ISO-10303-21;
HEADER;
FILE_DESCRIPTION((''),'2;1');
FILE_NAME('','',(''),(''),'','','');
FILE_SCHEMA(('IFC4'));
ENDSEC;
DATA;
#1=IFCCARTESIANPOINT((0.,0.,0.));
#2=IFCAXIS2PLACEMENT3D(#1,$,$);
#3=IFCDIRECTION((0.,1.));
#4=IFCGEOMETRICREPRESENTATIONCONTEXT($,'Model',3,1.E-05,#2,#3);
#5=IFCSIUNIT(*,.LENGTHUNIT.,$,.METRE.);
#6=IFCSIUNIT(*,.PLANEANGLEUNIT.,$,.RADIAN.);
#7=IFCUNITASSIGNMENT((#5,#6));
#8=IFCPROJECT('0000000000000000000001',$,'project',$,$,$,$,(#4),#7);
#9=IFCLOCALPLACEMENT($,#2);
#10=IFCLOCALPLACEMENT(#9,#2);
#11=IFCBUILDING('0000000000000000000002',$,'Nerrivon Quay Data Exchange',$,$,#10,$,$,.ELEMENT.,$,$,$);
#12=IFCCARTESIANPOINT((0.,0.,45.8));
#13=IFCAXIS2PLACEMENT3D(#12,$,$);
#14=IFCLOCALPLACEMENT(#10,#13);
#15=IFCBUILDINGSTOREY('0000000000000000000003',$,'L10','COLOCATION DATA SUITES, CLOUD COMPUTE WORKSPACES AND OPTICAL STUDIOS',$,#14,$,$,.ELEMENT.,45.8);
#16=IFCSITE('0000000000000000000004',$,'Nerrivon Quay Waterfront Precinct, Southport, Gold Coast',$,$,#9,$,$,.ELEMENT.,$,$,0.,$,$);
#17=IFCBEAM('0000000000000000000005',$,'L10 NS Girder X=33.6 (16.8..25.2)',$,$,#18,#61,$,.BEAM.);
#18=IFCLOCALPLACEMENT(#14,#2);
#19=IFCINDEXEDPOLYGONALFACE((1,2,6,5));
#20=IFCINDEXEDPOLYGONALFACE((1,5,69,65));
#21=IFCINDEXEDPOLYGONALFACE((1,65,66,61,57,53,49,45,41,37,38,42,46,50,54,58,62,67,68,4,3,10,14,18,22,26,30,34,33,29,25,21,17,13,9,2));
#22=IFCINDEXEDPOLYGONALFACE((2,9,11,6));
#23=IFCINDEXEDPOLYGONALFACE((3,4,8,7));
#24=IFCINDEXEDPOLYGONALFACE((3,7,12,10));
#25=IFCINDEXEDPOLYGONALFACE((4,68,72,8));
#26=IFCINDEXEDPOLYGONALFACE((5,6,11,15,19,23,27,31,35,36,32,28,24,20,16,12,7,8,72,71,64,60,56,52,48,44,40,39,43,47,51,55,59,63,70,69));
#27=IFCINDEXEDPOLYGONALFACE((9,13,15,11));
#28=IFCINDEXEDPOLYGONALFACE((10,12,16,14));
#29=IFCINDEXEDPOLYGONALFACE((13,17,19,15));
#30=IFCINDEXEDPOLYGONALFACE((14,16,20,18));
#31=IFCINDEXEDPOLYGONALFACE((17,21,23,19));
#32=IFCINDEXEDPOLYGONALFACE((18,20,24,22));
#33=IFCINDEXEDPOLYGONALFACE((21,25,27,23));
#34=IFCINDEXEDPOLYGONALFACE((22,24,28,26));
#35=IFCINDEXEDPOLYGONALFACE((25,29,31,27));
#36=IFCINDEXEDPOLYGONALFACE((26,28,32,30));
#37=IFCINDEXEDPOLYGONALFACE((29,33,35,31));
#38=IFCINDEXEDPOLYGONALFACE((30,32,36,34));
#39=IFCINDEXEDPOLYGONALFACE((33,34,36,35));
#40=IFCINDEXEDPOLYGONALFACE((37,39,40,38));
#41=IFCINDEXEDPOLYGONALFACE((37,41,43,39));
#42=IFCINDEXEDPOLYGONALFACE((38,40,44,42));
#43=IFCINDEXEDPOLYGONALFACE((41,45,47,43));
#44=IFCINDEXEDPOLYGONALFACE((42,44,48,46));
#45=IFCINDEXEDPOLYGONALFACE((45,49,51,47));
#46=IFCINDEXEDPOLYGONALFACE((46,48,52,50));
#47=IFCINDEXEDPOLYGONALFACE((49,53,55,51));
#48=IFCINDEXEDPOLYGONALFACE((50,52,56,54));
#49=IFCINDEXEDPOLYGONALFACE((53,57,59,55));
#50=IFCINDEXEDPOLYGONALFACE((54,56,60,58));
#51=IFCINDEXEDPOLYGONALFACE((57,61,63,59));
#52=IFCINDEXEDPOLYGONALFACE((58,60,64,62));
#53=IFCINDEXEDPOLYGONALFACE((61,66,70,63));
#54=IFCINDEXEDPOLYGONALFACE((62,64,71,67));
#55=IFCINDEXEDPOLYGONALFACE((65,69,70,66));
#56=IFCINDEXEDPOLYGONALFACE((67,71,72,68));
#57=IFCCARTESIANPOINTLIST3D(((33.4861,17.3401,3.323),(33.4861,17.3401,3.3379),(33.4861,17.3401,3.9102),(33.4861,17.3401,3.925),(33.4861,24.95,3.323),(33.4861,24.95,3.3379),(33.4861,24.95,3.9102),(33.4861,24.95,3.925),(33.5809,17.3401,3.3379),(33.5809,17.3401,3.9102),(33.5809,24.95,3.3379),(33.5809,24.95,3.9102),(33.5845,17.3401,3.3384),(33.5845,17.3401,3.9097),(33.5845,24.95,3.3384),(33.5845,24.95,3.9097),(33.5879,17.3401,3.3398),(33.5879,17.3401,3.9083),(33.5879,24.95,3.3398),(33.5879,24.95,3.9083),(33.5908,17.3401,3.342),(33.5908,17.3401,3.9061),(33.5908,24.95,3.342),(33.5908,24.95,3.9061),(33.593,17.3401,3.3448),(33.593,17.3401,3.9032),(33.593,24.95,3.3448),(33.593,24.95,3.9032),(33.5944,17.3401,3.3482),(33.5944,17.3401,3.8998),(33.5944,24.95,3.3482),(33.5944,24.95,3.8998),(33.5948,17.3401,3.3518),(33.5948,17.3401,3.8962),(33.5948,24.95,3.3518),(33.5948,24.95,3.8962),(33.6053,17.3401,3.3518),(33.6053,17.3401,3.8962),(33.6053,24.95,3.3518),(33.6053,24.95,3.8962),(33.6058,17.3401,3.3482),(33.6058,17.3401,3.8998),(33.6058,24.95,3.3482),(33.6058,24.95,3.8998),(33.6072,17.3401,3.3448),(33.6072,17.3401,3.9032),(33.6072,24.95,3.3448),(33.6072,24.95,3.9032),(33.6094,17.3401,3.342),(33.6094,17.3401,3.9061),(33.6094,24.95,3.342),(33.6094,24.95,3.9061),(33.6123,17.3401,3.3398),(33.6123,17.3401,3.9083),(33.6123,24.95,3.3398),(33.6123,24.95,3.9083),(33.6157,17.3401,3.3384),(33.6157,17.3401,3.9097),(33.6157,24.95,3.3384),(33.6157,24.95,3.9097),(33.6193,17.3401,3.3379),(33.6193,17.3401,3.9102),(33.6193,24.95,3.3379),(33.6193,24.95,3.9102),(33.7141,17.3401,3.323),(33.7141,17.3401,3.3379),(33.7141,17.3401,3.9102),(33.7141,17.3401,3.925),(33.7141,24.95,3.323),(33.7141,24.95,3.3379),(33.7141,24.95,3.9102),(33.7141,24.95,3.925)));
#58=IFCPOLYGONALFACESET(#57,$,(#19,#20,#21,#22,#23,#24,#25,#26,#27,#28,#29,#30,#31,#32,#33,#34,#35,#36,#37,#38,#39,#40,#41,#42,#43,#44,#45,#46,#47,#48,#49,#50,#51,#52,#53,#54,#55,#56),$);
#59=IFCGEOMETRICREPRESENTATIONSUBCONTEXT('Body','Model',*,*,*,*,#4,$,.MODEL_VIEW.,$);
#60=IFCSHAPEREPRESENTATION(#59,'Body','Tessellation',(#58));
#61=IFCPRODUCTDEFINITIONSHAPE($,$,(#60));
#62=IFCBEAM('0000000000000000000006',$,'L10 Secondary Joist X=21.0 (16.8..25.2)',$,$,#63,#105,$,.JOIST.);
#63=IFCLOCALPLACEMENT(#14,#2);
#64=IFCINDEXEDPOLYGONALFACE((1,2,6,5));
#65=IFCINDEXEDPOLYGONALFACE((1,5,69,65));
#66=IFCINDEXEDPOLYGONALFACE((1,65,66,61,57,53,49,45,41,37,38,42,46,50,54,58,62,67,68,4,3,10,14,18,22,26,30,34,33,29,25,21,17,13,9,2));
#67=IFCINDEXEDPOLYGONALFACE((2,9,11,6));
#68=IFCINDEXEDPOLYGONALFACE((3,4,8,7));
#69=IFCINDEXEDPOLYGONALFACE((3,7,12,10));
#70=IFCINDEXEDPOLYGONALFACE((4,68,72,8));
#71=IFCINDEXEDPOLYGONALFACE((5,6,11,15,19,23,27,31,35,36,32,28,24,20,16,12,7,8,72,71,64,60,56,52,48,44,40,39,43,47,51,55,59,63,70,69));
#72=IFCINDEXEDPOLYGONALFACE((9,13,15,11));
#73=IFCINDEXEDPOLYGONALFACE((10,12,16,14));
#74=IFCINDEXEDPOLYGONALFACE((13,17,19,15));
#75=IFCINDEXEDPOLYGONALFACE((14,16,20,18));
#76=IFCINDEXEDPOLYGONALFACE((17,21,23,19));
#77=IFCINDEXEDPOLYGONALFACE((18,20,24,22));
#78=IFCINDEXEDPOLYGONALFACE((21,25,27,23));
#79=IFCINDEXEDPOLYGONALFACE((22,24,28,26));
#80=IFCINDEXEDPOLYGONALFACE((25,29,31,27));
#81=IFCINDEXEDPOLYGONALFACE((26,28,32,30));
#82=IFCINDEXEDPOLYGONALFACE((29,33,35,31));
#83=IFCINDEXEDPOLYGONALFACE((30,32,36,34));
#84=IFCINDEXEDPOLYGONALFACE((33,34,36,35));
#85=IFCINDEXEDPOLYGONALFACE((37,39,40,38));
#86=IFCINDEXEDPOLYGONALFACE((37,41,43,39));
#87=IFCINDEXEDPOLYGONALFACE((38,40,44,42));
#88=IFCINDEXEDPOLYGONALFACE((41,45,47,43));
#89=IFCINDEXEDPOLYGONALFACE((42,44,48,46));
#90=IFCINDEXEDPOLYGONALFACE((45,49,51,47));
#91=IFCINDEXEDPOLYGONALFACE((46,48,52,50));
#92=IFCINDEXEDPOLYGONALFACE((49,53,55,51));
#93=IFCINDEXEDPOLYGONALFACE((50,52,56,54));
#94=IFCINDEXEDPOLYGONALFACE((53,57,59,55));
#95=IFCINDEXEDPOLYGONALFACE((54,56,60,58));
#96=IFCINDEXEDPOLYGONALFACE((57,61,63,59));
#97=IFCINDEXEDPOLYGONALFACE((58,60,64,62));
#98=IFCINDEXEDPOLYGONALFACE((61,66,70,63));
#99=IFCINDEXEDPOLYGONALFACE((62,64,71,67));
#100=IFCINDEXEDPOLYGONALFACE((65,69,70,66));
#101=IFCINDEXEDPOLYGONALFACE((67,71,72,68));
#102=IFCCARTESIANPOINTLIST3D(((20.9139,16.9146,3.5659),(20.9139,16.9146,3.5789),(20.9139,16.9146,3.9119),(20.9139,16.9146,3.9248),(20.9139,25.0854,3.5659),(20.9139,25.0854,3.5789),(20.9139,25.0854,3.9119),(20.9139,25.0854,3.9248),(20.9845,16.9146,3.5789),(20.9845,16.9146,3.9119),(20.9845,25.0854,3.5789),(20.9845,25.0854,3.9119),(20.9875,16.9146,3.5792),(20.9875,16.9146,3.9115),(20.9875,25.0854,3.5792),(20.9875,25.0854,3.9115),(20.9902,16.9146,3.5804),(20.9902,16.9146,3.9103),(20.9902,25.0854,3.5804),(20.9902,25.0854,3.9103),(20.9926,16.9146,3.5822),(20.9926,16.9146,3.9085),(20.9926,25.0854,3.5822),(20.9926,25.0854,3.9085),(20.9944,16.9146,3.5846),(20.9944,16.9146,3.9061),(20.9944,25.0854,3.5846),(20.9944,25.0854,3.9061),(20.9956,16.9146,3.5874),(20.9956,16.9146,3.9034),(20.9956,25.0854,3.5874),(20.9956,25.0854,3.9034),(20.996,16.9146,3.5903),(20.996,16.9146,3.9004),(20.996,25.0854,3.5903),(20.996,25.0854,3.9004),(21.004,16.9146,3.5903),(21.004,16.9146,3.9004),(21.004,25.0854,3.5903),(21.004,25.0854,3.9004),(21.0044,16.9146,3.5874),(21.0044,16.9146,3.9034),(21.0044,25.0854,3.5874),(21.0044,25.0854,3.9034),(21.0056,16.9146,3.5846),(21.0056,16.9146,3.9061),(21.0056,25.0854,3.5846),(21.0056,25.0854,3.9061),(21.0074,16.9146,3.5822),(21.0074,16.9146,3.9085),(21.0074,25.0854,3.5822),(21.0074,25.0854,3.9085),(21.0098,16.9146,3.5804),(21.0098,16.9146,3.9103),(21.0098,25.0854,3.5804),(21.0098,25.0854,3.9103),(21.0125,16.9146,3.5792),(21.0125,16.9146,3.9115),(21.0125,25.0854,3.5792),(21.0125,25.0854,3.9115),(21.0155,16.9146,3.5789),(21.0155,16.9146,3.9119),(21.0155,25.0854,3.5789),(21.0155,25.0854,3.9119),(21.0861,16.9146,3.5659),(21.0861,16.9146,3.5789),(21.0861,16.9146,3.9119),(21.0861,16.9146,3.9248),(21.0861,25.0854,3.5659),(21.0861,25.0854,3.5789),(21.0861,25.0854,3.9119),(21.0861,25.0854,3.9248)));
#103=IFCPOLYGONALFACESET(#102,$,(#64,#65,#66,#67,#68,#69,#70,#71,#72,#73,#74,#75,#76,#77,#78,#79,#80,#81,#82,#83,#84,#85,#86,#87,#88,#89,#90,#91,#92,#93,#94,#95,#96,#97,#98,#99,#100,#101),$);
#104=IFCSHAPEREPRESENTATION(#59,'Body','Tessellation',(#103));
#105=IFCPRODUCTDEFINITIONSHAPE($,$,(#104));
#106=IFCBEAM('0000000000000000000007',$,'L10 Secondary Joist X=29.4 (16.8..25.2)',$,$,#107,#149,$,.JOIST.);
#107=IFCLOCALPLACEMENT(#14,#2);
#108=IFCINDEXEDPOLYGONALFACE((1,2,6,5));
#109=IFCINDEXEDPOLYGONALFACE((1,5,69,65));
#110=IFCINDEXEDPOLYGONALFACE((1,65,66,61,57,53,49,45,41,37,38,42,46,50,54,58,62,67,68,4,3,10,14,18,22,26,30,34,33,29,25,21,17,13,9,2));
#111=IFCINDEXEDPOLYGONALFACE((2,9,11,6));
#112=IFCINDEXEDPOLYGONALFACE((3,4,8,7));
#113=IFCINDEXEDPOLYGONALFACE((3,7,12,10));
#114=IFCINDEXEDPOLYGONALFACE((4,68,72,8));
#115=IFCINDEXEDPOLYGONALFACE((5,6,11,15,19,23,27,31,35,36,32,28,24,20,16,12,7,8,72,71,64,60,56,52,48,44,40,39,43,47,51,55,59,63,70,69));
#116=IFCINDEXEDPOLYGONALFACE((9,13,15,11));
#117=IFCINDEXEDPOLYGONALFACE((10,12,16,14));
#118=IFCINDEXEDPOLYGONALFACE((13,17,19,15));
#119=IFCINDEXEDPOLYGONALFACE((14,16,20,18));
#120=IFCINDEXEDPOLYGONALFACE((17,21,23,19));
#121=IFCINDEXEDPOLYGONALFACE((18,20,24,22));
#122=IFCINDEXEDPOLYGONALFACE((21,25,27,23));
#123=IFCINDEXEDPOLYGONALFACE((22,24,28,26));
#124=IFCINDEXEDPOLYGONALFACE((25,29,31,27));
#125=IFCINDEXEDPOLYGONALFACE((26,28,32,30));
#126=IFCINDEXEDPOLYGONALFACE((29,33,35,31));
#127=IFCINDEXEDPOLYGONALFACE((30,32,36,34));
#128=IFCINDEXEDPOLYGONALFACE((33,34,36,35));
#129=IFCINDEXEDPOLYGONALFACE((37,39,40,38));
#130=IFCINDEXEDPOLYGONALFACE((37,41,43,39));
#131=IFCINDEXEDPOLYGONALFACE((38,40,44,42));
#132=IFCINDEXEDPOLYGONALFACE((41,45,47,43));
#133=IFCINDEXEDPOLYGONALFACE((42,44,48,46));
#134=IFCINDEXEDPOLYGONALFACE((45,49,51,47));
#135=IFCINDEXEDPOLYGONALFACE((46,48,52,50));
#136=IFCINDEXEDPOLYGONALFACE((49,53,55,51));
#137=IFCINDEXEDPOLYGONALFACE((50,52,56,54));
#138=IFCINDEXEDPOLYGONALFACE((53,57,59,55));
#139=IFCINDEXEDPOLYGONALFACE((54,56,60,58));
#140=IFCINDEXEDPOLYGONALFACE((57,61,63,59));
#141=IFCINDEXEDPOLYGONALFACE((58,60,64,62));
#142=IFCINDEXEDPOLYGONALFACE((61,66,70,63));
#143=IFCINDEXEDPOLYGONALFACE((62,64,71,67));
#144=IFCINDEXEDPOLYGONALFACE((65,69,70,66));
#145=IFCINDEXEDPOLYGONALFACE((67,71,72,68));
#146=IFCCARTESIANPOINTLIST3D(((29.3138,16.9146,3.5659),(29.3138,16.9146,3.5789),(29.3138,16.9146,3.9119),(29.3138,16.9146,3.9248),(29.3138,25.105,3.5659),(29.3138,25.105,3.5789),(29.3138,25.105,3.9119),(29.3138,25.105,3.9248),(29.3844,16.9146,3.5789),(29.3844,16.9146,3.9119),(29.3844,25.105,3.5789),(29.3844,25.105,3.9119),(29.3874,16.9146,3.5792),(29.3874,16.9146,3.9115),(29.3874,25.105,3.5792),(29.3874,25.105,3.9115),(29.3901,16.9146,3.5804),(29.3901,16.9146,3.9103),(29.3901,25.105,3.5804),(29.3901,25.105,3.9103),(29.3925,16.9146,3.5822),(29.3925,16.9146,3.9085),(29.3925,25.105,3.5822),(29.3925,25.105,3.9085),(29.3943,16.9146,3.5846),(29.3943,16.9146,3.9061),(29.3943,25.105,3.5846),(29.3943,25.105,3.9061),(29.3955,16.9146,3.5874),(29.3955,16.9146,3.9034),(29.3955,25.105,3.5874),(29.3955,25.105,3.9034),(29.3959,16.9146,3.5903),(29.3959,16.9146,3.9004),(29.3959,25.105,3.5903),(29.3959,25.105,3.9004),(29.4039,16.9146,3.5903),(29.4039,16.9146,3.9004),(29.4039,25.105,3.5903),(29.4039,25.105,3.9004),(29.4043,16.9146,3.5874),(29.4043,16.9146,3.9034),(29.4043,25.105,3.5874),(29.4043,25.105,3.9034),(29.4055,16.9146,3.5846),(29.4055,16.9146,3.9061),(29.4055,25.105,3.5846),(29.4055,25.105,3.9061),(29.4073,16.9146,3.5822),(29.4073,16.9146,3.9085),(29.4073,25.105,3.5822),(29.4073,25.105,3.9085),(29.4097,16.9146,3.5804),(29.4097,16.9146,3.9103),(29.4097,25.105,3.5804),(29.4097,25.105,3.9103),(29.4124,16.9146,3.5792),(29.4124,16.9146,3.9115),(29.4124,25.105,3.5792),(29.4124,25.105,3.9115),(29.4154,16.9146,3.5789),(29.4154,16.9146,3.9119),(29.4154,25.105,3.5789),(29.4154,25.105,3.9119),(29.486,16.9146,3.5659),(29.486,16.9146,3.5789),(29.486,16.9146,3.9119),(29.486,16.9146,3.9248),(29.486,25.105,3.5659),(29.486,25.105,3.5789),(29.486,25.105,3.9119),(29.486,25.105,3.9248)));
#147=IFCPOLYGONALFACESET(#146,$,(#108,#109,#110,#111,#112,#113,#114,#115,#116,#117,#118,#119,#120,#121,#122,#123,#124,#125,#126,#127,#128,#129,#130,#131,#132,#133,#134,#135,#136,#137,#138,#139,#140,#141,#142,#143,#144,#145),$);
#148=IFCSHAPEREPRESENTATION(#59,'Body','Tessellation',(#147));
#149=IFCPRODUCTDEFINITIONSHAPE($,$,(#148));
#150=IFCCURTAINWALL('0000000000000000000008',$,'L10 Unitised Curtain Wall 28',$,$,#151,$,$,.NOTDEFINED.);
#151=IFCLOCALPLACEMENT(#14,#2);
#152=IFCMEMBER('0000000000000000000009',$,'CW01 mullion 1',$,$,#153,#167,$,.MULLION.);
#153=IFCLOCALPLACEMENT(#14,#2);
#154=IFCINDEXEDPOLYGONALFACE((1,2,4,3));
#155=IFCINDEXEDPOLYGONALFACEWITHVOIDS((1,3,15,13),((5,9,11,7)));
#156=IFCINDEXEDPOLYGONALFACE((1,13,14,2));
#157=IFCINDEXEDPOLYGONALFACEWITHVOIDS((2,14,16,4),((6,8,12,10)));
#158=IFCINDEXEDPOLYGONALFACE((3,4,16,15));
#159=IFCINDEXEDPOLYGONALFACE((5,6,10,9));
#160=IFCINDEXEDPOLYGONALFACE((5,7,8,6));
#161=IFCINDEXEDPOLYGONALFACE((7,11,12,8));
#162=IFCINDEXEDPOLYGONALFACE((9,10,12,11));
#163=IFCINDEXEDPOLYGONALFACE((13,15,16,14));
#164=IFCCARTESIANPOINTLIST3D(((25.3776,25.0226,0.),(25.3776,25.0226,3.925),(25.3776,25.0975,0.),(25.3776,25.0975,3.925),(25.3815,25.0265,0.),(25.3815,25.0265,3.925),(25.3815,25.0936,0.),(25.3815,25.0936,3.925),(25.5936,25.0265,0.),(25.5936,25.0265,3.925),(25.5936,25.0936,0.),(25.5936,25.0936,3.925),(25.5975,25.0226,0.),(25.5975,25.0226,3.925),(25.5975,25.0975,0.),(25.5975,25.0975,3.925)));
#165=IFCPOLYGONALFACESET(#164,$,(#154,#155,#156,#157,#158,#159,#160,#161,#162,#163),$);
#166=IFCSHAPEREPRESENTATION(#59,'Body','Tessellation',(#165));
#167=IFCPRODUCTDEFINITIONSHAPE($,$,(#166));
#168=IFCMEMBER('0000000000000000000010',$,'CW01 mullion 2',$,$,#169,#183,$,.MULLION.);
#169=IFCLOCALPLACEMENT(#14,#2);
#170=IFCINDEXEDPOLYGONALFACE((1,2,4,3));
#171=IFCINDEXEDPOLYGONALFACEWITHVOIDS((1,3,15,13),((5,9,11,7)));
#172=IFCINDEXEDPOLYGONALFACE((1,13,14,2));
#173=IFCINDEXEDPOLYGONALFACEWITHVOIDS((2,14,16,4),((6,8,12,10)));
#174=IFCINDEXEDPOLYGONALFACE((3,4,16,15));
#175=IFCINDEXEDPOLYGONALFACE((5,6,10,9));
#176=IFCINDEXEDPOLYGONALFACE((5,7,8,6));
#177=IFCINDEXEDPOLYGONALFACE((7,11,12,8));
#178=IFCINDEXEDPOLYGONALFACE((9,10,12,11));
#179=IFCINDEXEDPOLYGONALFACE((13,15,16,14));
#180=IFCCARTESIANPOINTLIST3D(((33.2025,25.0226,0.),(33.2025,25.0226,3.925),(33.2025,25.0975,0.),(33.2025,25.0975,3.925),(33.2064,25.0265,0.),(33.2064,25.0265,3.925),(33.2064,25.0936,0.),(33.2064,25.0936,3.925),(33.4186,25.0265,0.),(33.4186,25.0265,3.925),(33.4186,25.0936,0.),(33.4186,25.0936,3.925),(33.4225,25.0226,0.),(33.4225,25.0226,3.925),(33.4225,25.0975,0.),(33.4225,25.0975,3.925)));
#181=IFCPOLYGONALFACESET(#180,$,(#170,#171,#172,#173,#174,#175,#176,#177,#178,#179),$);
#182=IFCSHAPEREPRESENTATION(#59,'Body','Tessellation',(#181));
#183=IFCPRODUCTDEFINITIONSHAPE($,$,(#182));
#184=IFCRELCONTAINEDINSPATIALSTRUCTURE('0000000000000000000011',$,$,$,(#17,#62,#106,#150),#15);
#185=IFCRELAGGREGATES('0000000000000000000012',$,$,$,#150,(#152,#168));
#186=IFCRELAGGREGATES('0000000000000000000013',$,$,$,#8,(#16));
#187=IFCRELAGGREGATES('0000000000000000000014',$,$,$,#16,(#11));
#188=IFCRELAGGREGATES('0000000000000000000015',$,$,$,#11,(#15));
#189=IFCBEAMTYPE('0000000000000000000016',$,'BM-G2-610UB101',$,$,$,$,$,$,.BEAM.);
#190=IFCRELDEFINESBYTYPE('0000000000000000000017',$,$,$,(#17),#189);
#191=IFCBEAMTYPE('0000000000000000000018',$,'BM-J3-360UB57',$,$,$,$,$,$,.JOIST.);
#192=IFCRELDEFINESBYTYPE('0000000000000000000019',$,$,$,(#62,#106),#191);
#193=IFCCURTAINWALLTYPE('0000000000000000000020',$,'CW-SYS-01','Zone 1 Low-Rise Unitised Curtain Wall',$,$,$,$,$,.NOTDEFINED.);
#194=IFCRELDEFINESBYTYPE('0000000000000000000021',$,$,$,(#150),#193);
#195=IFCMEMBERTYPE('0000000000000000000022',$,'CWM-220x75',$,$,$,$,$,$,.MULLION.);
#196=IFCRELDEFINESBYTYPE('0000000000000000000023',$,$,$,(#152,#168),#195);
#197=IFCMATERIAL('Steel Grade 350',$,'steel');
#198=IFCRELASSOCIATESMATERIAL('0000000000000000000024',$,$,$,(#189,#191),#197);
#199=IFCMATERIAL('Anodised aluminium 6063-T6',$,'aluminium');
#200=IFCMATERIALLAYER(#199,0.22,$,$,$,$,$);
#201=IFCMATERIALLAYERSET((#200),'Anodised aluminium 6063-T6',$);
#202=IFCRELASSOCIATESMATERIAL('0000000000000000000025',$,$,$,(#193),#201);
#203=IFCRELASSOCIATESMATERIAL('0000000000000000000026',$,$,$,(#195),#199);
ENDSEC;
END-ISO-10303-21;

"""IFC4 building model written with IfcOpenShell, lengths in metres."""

from ifc_helpers import new_model, si_unit, direction, frame, origin, origin_2d, place, context, subcontext, project, spatial, hollow_rectangle, i_section, extrude, material, layer, layer_set, material_profile, profile_set, type_object, element, aggregate, save


model = new_model("IFC4")

# Units and contexts
model_context = context("Model", 3, precision=1e-05, world=origin(), true_north=direction((0.0, 1.0)))
body_context = subcontext(model_context, "Body", "Model", "MODEL_VIEW")
ifc_project = project(units=[si_unit("LENGTHUNIT", "METRE"), si_unit("PLANEANGLEUNIT", "RADIAN")], contexts=[model_context])

# Site, building, storey
site_placement = place(None, origin())
site = spatial("IfcSite", under=ifc_project, at=site_placement, Name="Nerrivon Quay Waterfront Precinct, Southport, Gold Coast", CompositionType="ELEMENT", RefElevation=0.0)
building_placement = place(site_placement, origin())
building = spatial("IfcBuilding", under=site, at=building_placement, Name="Nerrivon Quay Data Exchange", CompositionType="ELEMENT")
storey_placement = place(building_placement, frame((0.0, 0.0, 45.8)))
storey = spatial("IfcBuildingStorey", under=building, at=storey_placement, Name="L10", Description="COLOCATION DATA SUITES, CLOUD COMPUTE WORKSPACES AND OPTICAL STUDIOS", CompositionType="ELEMENT", Elevation=45.8)

# Beams
ifc_material_1 = material(Name="Steel Grade 350", Category="steel")
ifc_material_profile_1 = material_profile(ifc_material_1, i_section(OverallWidth=0.228, OverallDepth=0.6021, WebThickness=0.0105, FlangeThickness=0.0149, FilletRadius=0.0139, at=origin_2d()), Name="610UB101")
ifc_profile_set_1 = profile_set([ifc_material_profile_1], Name="Steel Grade 350")
beam_type_1 = type_object("IfcBeamType", Name="BM-G2-610UB101", PredefinedType="BEAM", material=ifc_profile_set_1)
for number, where, z_axis, x_axis, name in (
    (1, (33.6001, 17.3401, 3.624), (0.0, 1.0, 0.0), (-1.0, 0.0, 0.0), "L10 NS Girder X=33.6 (16.8..25.2)"),
):
    element("IfcBeam", number, at=place(storey_placement, frame(where, z_axis=z_axis, x_axis=x_axis)), inside=storey, type_object=beam_type_1, Name=name, PredefinedType="BEAM", context=body_context, shape_type="SweptSolid", body=[
        extrude(i_section(OverallWidth=0.228, OverallDepth=0.6021, WebThickness=0.0105, FlangeThickness=0.0149, FilletRadius=0.0139, at=origin_2d()), origin(), (0.0, 0.0, 1.0), 7.6099),
    ])
ifc_material_profile_2 = material_profile(ifc_material_1, i_section(OverallWidth=0.1721, OverallDepth=0.3589, WebThickness=0.0081, FlangeThickness=0.0129, FilletRadius=0.0115, at=origin_2d()), Name="360UB56.7")
ifc_profile_set_2 = profile_set([ifc_material_profile_2], Name="Steel Grade 350")
beam_type_2 = type_object("IfcBeamType", Name="BM-J3-360UB57", PredefinedType="JOIST", material=ifc_profile_set_2)
beam_1_placement = place(storey_placement, frame((21.0, 16.9146, 3.7454), z_axis=(0.0, 1.0, 0.0), x_axis=(-1.0, 0.0, 0.0)))
element("IfcBeam", 2, at=beam_1_placement, inside=storey, type_object=beam_type_2, Name="L10 Secondary Joist X=21.0 (16.8..25.2)", PredefinedType="JOIST", context=body_context, shape_type="SweptSolid", body=[
    extrude(i_section(OverallWidth=0.1721, OverallDepth=0.3589, WebThickness=0.0081, FlangeThickness=0.0129, FilletRadius=0.0115, at=origin_2d()), origin(), (0.0, 0.0, 1.0), 8.1709),
])
beam_2_placement = place(storey_placement, frame((29.3999, 16.9146, 3.7454), z_axis=(0.0, 1.0, 0.0), x_axis=(-1.0, 0.0, 0.0)))
element("IfcBeam", 3, at=beam_2_placement, inside=storey, type_object=beam_type_2, Name="L10 Secondary Joist X=29.4 (16.8..25.2)", PredefinedType="JOIST", context=body_context, shape_type="SweptSolid", body=[
    extrude(i_section(OverallWidth=0.1721, OverallDepth=0.3589, WebThickness=0.0081, FlangeThickness=0.0129, FilletRadius=0.0115, at=origin_2d()), origin(), (0.0, 0.0, 1.0), 8.1904),
])

# Curtain wall, members
ifc_material_2 = material(Name="Anodised aluminium 6063-T6", Category="aluminium")
ifc_layer_1 = layer(ifc_material_2, 0.22)
ifc_layer_set_1 = layer_set([ifc_layer_1], Name="Anodised aluminium 6063-T6")
curtain_wall_type = type_object("IfcCurtainWallType", Name="CW-SYS-01", Description="Zone 1 Low-Rise Unitised Curtain Wall", PredefinedType="NOTDEFINED", material=ifc_layer_set_1)
curtain_wall_1_placement = place(storey_placement, origin())
curtain_wall_1 = element("IfcCurtainWall", 4, at=curtain_wall_1_placement, inside=storey, type_object=curtain_wall_type, Name="L10 Unitised Curtain Wall 28", PredefinedType="NOTDEFINED")
ifc_material_profile_3 = material_profile(ifc_material_2, hollow_rectangle(XDim=0.075, YDim=0.22, WallThickness=0.0039, at=origin_2d()), Name="ALU-MULL-220x75")
ifc_profile_set_3 = profile_set([ifc_material_profile_3], Name="Anodised aluminium 6063-T6")
member_type_1 = type_object("IfcMemberType", Name="CWM-220x75", PredefinedType="MULLION", material=ifc_profile_set_3)
member_1_placement = place(storey_placement, frame((25.4875, 25.0601, 0.0), z_axis=(0.0, 0.0, 1.0), x_axis=(0.0, 1.0, 0.0)))
member_1 = element("IfcMember", 5, at=member_1_placement, type_object=member_type_1, Name="CW01 mullion 1", PredefinedType="MULLION", context=body_context, shape_type="SweptSolid", body=[
    extrude(hollow_rectangle(XDim=0.075, YDim=0.22, WallThickness=0.0039, at=origin_2d()), origin(), (0.0, 0.0, 1.0), 3.925),
])
member_2_placement = place(storey_placement, frame((33.3125, 25.0601, 0.0), z_axis=(0.0, 0.0, 1.0), x_axis=(0.0, 1.0, 0.0)))
member_2 = element("IfcMember", 6, at=member_2_placement, type_object=member_type_1, Name="CW01 mullion 2", PredefinedType="MULLION", context=body_context, shape_type="SweptSolid", body=[
    extrude(hollow_rectangle(XDim=0.075, YDim=0.22, WallThickness=0.0039, at=origin_2d()), origin(), (0.0, 0.0, 1.0), 3.925),
])

aggregate(curtain_wall_1, [member_1, member_2])

save(model, "model.ifc")
